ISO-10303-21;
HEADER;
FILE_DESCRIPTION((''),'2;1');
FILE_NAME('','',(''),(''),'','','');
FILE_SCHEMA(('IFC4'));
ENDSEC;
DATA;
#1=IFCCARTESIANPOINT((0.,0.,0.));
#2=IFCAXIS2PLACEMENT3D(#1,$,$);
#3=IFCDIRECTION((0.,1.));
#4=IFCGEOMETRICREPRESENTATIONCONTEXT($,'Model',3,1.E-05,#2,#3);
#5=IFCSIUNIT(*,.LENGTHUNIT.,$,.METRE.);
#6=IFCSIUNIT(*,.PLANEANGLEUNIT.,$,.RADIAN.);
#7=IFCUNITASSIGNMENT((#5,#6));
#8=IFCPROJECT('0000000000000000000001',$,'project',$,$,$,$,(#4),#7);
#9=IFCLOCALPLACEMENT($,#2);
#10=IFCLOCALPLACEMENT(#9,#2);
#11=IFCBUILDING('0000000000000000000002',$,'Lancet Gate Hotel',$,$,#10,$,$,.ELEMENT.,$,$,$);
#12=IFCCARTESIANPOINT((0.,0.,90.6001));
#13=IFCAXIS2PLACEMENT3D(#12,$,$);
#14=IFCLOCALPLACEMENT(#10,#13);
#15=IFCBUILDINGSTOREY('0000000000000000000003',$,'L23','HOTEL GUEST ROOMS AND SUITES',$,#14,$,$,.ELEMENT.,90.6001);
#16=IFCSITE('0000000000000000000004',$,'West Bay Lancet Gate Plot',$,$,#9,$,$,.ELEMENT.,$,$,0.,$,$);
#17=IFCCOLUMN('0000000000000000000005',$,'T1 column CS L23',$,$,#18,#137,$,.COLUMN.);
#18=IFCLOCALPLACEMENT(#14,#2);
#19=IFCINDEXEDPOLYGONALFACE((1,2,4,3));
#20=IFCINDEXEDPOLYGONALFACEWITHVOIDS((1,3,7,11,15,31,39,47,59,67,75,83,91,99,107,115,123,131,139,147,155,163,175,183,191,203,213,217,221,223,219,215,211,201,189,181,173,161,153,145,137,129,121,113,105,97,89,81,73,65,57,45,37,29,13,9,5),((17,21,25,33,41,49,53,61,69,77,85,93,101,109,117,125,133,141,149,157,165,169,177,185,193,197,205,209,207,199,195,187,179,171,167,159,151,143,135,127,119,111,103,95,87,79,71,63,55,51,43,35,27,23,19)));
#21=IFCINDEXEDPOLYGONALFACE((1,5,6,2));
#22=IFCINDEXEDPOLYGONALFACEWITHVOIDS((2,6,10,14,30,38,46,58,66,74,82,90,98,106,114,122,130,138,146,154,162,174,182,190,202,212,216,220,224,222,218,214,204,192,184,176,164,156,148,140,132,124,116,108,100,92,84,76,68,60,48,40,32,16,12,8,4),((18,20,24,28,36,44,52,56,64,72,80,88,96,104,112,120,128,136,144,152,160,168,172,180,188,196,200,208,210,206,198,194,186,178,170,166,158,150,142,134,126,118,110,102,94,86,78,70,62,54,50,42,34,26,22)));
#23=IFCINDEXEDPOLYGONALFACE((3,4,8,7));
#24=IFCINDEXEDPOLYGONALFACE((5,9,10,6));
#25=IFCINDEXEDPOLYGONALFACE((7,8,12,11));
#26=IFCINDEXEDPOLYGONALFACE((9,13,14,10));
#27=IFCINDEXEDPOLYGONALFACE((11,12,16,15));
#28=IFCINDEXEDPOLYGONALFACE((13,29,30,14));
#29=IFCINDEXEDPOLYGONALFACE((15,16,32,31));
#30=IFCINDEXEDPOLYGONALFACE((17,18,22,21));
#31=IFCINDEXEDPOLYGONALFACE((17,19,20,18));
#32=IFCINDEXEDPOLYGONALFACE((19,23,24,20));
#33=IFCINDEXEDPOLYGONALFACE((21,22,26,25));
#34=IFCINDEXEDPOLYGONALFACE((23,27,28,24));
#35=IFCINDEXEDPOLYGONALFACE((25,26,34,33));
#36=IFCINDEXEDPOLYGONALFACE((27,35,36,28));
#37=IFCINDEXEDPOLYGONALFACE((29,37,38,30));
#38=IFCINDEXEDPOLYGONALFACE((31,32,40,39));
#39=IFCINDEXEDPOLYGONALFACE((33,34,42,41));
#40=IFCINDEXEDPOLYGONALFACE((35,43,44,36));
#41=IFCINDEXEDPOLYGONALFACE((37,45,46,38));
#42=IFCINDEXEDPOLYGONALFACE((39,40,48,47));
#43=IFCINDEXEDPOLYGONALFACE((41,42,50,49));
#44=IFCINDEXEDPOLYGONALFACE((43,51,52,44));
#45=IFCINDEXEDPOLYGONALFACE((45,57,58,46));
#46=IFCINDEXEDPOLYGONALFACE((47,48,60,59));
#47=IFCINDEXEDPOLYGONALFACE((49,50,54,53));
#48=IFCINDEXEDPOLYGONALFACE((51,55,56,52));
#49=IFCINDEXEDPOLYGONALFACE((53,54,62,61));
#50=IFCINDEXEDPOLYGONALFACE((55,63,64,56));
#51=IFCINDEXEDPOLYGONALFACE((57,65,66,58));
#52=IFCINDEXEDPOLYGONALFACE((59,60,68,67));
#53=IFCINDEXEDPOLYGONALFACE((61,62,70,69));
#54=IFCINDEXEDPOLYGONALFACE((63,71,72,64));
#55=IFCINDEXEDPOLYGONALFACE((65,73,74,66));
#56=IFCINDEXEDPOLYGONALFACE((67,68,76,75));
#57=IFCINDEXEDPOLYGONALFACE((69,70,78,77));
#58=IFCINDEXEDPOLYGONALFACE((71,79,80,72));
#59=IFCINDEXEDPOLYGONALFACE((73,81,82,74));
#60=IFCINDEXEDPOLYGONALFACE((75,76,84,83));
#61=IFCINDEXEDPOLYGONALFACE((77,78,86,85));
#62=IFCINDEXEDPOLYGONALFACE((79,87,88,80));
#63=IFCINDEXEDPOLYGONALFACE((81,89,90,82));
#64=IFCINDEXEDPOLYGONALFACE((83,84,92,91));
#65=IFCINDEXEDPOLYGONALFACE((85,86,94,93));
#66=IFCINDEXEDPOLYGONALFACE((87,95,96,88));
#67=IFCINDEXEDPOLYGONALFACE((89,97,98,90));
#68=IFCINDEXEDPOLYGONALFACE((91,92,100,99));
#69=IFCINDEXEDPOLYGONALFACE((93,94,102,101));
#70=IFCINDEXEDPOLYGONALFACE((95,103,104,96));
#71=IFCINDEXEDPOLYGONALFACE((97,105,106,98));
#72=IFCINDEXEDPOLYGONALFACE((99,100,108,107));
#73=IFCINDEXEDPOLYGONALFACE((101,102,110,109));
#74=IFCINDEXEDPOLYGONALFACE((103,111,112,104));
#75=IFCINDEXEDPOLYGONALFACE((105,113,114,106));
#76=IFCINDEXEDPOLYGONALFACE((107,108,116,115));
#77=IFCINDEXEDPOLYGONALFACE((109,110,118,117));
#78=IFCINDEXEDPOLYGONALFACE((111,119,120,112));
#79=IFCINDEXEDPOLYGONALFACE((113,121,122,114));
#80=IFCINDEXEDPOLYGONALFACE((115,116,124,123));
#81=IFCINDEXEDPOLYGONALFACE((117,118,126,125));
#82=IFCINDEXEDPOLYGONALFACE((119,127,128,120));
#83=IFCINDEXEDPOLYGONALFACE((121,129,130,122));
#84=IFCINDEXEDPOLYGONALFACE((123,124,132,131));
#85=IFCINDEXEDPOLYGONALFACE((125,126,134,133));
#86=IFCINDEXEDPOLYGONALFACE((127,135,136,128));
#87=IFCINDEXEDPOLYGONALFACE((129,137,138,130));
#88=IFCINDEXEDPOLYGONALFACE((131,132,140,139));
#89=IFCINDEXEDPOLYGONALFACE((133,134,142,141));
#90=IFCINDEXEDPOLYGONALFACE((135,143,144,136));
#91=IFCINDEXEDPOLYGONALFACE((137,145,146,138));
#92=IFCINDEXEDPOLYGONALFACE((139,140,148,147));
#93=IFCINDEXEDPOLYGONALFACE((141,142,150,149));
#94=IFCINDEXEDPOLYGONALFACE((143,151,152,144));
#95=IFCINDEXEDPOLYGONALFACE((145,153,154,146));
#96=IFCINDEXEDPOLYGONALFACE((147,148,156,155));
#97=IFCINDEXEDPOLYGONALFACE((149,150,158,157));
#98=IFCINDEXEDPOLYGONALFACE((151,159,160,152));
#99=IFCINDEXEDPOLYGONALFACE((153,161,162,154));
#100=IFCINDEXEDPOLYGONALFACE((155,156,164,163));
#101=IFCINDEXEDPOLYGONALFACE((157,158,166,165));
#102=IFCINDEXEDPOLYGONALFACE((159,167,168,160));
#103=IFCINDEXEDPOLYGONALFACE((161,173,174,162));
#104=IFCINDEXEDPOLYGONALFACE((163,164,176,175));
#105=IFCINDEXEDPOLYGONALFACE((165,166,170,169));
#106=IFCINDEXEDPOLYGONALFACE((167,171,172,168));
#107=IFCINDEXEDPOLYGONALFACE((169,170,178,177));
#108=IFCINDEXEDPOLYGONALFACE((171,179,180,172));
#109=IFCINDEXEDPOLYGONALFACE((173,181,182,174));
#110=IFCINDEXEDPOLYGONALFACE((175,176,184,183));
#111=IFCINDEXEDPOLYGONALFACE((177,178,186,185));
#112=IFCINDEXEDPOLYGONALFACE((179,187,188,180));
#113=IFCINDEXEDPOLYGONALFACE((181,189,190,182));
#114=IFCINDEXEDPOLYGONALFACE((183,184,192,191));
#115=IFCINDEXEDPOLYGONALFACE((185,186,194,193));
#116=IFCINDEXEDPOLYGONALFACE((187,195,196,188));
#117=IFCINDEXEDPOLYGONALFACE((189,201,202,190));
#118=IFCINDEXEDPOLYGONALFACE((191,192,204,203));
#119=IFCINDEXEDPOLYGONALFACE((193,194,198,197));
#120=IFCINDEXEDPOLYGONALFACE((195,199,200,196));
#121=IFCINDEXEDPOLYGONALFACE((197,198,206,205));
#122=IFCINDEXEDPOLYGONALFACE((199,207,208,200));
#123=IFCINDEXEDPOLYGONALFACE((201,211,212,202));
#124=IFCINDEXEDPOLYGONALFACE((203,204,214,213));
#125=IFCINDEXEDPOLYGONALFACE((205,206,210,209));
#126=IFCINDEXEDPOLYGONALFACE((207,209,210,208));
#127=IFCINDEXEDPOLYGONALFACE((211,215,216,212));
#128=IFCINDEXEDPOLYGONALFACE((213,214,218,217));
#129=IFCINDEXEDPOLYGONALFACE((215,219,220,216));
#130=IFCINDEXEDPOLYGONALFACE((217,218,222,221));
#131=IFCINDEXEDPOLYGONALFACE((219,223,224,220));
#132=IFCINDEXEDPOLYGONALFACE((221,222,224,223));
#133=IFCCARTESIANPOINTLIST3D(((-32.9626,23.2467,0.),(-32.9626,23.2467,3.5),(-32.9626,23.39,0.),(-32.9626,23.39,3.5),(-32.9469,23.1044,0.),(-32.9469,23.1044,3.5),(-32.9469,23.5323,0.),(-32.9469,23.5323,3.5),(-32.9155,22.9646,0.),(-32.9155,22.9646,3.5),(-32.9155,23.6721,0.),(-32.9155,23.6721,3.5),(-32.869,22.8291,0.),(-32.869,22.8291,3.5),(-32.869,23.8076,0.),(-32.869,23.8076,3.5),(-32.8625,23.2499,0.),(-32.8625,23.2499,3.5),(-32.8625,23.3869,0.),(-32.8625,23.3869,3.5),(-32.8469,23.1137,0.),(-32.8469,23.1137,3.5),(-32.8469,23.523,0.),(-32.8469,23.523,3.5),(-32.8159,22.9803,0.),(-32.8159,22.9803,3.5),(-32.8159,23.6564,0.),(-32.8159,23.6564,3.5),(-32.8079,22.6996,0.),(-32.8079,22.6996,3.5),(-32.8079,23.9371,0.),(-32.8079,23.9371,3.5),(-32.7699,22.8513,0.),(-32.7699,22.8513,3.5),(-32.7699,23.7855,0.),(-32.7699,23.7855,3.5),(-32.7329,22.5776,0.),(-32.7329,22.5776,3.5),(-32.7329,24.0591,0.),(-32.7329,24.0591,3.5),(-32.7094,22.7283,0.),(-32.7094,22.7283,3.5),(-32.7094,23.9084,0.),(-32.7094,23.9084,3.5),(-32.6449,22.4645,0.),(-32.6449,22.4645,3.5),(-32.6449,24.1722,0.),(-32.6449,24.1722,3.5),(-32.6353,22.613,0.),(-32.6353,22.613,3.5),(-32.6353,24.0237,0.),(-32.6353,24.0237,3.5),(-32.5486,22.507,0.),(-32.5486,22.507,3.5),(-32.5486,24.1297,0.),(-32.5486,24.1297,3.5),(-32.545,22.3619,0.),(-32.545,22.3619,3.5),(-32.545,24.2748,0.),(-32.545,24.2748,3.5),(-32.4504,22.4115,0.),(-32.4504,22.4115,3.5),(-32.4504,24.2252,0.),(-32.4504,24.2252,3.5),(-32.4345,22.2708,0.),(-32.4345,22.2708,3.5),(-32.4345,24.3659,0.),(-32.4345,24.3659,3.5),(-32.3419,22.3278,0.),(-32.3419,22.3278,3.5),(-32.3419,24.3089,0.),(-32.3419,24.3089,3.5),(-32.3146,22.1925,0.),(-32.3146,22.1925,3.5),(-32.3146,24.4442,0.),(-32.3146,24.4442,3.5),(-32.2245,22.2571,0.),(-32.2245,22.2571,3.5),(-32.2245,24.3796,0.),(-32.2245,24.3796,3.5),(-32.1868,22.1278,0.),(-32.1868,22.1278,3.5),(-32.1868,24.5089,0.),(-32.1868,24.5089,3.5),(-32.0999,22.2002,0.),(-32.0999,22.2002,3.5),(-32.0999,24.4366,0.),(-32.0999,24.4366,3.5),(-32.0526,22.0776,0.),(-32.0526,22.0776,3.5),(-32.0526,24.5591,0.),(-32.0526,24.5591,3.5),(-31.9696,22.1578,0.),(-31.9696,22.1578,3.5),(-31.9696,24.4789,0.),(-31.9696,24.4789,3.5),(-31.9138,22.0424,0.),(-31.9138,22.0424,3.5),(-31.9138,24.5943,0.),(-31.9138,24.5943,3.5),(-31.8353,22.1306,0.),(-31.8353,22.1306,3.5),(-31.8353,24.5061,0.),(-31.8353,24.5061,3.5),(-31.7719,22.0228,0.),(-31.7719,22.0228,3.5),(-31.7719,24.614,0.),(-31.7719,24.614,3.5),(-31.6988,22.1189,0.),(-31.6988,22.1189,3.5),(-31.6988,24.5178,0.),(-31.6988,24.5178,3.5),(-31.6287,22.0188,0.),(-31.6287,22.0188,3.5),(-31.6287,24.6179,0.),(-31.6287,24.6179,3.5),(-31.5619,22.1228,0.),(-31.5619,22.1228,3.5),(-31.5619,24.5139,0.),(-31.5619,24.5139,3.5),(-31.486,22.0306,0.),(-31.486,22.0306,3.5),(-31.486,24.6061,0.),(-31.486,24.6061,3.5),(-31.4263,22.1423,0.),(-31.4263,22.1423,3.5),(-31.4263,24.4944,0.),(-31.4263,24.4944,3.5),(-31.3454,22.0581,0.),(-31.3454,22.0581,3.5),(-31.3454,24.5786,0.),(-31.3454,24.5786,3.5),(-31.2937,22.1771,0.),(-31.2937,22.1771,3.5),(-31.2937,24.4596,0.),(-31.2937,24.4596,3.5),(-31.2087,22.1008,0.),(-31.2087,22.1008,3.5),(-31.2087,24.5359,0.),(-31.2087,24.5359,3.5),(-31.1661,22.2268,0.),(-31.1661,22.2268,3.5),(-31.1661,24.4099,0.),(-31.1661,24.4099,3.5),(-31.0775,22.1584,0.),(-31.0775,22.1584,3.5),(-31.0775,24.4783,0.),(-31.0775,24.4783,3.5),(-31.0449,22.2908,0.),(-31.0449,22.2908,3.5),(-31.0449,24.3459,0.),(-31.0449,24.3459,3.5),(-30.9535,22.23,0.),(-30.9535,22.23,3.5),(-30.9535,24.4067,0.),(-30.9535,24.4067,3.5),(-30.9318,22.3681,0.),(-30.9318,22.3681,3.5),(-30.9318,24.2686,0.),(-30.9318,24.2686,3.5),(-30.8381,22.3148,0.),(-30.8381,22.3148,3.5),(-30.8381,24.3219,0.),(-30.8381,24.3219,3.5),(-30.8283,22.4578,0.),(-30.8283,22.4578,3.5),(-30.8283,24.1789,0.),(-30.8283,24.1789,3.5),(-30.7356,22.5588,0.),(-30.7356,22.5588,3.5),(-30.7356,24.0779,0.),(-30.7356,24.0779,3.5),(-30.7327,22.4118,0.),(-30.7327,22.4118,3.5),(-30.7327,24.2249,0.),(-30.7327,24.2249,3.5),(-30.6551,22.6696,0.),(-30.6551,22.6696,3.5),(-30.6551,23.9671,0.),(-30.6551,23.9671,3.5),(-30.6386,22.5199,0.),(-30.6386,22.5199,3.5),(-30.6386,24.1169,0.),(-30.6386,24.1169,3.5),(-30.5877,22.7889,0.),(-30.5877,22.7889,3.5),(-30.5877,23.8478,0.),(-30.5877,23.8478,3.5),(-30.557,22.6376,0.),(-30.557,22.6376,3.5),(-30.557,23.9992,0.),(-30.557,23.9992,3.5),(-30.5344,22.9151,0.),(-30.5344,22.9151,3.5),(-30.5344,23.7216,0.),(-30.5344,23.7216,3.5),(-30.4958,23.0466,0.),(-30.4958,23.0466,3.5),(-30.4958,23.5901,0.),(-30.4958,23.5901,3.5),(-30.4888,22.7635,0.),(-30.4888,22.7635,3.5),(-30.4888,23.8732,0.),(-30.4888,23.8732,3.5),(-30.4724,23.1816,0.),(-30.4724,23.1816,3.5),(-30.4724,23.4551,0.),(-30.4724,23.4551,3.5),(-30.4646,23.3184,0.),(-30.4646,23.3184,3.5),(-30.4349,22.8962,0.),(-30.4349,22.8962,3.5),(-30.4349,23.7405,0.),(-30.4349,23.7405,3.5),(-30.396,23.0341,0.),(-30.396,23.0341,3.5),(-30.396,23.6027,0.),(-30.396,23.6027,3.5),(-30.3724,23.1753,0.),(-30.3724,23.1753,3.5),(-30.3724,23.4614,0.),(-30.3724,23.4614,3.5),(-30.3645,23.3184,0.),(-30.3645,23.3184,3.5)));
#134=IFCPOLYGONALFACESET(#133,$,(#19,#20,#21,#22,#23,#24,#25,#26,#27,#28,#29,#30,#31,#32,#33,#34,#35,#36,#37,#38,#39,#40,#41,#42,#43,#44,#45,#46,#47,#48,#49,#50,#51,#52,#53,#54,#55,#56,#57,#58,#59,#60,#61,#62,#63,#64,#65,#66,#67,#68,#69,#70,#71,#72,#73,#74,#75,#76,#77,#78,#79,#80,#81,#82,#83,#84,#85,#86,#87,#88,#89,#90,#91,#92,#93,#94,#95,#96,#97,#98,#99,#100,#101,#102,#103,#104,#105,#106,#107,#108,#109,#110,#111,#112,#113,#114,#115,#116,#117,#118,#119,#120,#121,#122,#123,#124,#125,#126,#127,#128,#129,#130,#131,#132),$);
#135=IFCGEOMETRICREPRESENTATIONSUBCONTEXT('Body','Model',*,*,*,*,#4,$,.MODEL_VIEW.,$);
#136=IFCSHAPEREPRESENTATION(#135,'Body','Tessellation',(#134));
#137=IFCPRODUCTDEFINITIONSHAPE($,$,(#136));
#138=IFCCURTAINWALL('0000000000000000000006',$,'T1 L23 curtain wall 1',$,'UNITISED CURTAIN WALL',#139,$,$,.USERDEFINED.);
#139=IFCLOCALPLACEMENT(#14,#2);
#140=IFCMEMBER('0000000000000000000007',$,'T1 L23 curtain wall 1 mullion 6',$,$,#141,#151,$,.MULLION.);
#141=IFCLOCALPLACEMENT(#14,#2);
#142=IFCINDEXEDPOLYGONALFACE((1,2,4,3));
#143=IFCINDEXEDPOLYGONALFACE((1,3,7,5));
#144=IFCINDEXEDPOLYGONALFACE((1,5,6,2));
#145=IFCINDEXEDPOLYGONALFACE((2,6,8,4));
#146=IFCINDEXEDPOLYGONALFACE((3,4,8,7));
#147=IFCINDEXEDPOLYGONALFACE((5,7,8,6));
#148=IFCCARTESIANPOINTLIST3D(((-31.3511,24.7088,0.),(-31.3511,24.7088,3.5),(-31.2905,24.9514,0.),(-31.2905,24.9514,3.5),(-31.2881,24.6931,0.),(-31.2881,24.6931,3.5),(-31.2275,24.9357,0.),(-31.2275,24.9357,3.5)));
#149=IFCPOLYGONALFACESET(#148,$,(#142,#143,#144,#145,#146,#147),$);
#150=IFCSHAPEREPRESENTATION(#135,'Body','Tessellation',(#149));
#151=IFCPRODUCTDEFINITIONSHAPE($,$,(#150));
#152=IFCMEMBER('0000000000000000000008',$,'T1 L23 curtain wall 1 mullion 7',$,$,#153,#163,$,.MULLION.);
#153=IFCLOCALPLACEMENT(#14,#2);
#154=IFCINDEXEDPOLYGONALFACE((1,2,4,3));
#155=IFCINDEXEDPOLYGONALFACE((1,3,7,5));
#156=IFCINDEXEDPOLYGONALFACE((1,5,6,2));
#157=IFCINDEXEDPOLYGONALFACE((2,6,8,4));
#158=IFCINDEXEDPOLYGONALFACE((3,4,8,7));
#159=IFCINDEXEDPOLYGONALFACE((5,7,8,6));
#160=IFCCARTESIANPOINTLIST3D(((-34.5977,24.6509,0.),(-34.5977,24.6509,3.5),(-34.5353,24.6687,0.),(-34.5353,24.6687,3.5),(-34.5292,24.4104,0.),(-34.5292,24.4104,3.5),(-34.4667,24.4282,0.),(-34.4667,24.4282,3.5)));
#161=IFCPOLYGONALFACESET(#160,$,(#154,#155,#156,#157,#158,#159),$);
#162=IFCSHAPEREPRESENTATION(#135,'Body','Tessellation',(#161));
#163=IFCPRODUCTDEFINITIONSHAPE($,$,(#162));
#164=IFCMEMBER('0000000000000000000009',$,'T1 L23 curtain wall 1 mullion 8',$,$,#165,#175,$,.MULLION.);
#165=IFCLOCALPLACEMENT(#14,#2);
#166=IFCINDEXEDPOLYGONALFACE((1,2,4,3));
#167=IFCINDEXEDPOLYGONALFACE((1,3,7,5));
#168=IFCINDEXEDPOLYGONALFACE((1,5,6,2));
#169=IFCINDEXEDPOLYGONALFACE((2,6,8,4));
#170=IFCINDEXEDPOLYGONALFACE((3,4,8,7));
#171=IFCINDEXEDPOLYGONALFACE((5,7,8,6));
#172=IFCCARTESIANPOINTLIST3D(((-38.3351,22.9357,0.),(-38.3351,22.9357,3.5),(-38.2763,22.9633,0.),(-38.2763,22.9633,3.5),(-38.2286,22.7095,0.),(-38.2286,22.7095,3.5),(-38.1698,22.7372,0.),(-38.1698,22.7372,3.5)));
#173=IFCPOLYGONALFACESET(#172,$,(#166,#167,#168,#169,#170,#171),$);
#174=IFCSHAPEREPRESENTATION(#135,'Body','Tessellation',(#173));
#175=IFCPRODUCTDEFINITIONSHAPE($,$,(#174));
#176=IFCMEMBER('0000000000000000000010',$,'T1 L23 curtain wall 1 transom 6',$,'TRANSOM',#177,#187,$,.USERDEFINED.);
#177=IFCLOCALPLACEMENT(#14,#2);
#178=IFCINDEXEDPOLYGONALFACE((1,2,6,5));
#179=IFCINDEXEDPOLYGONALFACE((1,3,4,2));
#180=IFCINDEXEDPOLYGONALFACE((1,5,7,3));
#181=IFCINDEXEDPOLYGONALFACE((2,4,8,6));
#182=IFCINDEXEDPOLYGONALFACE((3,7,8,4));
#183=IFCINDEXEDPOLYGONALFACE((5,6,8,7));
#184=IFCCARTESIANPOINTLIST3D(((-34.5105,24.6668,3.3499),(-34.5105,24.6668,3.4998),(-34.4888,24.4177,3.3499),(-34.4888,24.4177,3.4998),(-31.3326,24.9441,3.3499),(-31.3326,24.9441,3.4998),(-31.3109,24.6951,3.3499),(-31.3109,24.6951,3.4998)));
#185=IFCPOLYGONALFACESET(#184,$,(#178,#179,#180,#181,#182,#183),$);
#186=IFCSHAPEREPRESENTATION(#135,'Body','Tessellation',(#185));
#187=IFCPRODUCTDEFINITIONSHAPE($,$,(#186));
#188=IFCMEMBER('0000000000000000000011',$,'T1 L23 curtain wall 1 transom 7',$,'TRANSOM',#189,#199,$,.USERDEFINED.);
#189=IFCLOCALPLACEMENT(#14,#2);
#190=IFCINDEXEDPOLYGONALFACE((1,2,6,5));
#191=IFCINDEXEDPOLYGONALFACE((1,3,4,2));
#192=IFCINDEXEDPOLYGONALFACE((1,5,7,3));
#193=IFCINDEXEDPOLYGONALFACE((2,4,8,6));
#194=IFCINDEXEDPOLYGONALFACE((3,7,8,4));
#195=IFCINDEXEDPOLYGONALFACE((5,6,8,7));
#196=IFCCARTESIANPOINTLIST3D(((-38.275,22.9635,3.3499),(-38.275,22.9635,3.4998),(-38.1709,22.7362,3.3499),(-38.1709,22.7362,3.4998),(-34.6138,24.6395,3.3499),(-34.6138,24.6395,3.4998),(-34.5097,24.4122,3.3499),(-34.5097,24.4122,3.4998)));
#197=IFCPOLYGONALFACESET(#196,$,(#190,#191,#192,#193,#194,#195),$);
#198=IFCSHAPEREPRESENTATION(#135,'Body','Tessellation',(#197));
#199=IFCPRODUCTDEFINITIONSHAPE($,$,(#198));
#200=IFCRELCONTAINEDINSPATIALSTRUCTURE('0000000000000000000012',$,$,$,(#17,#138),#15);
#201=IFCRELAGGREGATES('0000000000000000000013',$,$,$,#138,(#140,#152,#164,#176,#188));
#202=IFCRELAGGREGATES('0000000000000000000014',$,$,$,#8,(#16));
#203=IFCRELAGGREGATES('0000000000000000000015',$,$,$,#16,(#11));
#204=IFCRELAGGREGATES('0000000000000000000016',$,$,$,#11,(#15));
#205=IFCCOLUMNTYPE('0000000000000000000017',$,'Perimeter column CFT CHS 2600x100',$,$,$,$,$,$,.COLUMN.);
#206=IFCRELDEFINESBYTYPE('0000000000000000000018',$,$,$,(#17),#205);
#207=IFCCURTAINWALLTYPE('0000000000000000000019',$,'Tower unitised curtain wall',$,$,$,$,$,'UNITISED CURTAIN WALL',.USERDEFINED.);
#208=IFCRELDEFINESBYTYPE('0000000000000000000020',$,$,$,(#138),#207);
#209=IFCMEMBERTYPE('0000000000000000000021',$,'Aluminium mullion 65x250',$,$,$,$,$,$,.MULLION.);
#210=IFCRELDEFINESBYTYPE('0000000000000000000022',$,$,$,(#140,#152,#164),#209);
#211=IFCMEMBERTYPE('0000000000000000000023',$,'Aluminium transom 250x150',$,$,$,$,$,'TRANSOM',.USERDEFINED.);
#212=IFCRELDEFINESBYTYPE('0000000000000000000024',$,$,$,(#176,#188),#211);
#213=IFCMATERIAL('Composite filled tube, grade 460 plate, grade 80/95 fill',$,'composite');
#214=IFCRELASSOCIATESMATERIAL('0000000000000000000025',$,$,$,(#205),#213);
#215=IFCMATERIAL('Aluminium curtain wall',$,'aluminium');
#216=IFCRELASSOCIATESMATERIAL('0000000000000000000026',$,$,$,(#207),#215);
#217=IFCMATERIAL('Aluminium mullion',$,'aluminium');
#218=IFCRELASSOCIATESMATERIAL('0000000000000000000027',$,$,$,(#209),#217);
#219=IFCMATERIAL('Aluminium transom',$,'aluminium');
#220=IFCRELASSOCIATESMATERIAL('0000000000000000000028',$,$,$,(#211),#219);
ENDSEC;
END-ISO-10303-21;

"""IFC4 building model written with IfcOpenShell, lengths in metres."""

from ifc_helpers import new_model, si_unit, direction, frame, origin, origin_2d, place, context, subcontext, project, spatial, rectangle, hollow_circle, extrude, material, material_profile, profile_set, type_object, element, aggregate, save


model = new_model("IFC4")

# Units and contexts
model_context = context("Model", 3, precision=1e-05, world=origin(), true_north=direction((0.0, 1.0)))
body_context = subcontext(model_context, "Body", "Model", "MODEL_VIEW")
ifc_project = project(units=[si_unit("LENGTHUNIT", "METRE"), si_unit("PLANEANGLEUNIT", "RADIAN")], contexts=[model_context])

# Site, building, storey
site_placement = place(None, origin())
site = spatial("IfcSite", under=ifc_project, at=site_placement, Name="West Bay Lancet Gate Plot", CompositionType="ELEMENT", RefElevation=0.0)
building_placement = place(site_placement, origin())
building = spatial("IfcBuilding", under=site, at=building_placement, Name="Lancet Gate Hotel", CompositionType="ELEMENT")
storey_placement = place(building_placement, frame((0.0, 0.0, 90.6001)))
storey = spatial("IfcBuildingStorey", under=building, at=storey_placement, Name="L23", Description="HOTEL GUEST ROOMS AND SUITES", CompositionType="ELEMENT", Elevation=90.6001)

# Column
ifc_material_1 = material(Name="Composite filled tube, grade 460 plate, grade 80/95 fill", Category="composite")
ifc_material_profile_1 = material_profile(ifc_material_1, hollow_circle(Radius=1.3, WallThickness=0.1001, at=origin_2d()), Name="CHS 2600x100")
ifc_profile_set_1 = profile_set([ifc_material_profile_1], Name="Composite filled tube, grade 460 plate, grade 80/95 fill")
column_type = type_object("IfcColumnType", Name="Perimeter column CFT CHS 2600x100", PredefinedType="COLUMN", material=ifc_profile_set_1)
column_placement = place(storey_placement, frame((-31.6646, 23.3184, 0.0), z_axis=(0.0, 0.0, 1.0), x_axis=(1.0, 0.0, 0.0)))
element("IfcColumn", 1, at=column_placement, inside=storey, type_object=column_type, Name="T1 column CS L23", PredefinedType="COLUMN", context=body_context, shape_type="SweptSolid", body=[
    extrude(hollow_circle(Radius=1.3, WallThickness=0.1001, at=origin_2d()), origin(), (0.0, 0.0, 1.0), 3.5),
])

# Curtain wall, members
ifc_material_2 = material(Name="Aluminium curtain wall", Category="aluminium")
curtain_wall_type = type_object("IfcCurtainWallType", Name="Tower unitised curtain wall", ElementType="UNITISED CURTAIN WALL", PredefinedType="USERDEFINED", material=ifc_material_2)
curtain_wall_placement = place(storey_placement, origin())
curtain_wall = element("IfcCurtainWall", 2, at=curtain_wall_placement, inside=storey, type_object=curtain_wall_type, Name="T1 L23 curtain wall 1", ObjectType="UNITISED CURTAIN WALL", PredefinedType="USERDEFINED")
ifc_material_3 = material(Name="Aluminium mullion", Category="aluminium")
ifc_material_profile_2 = material_profile(ifc_material_3, rectangle(XDim=0.0649, YDim=0.25, at=origin_2d()), Name="MULLION 65x250")
ifc_profile_set_2 = profile_set([ifc_material_profile_2], Name="Aluminium mullion")
member_type_1 = type_object("IfcMemberType", Name="Aluminium mullion 65x250", PredefinedType="MULLION", material=ifc_profile_set_2)
member_1_placement = place(storey_placement, frame((-31.2893, 24.8223, 0.0), z_axis=(0.0, 0.0, 1.0), x_axis=(-0.970242, 0.242137, 0.0)))
member_1 = element("IfcMember", 3, at=member_1_placement, type_object=member_type_1, Name="T1 L23 curtain wall 1 mullion 6", PredefinedType="MULLION", context=body_context, shape_type="SweptSolid", body=[
    extrude(rectangle(XDim=0.0649, YDim=0.25, at=origin_2d()), origin(), (0.0, 0.0, 1.0), 3.5),
])
member_2_placement = place(storey_placement, frame((-34.5322, 24.5396, 0.0), z_axis=(0.0, 0.0, 1.0), x_axis=(-0.961653, -0.274268, 0.0)))
member_2 = element("IfcMember", 4, at=member_2_placement, type_object=member_type_1, Name="T1 L23 curtain wall 1 mullion 7", PredefinedType="MULLION", context=body_context, shape_type="SweptSolid", body=[
    extrude(rectangle(XDim=0.0649, YDim=0.25, at=origin_2d()), origin(), (0.0, 0.0, 1.0), 3.5),
])
member_3_placement = place(storey_placement, frame((-38.2524, 22.8364, 0.0), z_axis=(0.0, 0.0, 1.0), x_axis=(-0.90472, -0.426008, 0.0)))
member_3 = element("IfcMember", 5, at=member_3_placement, type_object=member_type_1, Name="T1 L23 curtain wall 1 mullion 8", PredefinedType="MULLION", context=body_context, shape_type="SweptSolid", body=[
    extrude(rectangle(XDim=0.0649, YDim=0.25, at=origin_2d()), origin(), (0.0, 0.0, 1.0), 3.5),
])
ifc_material_4 = material(Name="Aluminium transom", Category="aluminium")
ifc_material_profile_3 = material_profile(ifc_material_4, rectangle(XDim=0.25, YDim=0.1499, at=origin_2d()), Name="TRANSOM 250x150")
ifc_profile_set_3 = profile_set([ifc_material_profile_3], Name="Aluminium transom")
member_type_2 = type_object("IfcMemberType", Name="Aluminium transom 250x150", ElementType="TRANSOM", PredefinedType="USERDEFINED", material=ifc_profile_set_3)
member_4_placement = place(storey_placement, frame((-31.3218, 24.8196, 3.4248), z_axis=(-0.996214, -0.08694, 0.0), x_axis=(0.08694, -0.996214, 0.0)))
member_4 = element("IfcMember", 6, at=member_4_placement, type_object=member_type_2, Name="T1 L23 curtain wall 1 transom 6", ObjectType="TRANSOM", PredefinedType="USERDEFINED", context=body_context, shape_type="SweptSolid", body=[
    extrude(rectangle(XDim=0.25, YDim=0.1499, at=origin_2d()), origin(), (0.0, 0.0, 1.0), 3.1899),
])
member_5_placement = place(storey_placement, frame((-34.5618, 24.5259, 3.4248), z_axis=(-0.909252, -0.416245, 0.0), x_axis=(0.416245, -0.909252, 0.0)))
member_5 = element("IfcMember", 7, at=member_5_placement, type_object=member_type_2, Name="T1 L23 curtain wall 1 transom 7", ObjectType="TRANSOM", PredefinedType="USERDEFINED", context=body_context, shape_type="SweptSolid", body=[
    extrude(rectangle(XDim=0.25, YDim=0.1499, at=origin_2d()), origin(), (0.0, 0.0, 1.0), 4.0266),
])

aggregate(curtain_wall, [member_1, member_2, member_3, member_4, member_5])

save(model, "model.ifc")
